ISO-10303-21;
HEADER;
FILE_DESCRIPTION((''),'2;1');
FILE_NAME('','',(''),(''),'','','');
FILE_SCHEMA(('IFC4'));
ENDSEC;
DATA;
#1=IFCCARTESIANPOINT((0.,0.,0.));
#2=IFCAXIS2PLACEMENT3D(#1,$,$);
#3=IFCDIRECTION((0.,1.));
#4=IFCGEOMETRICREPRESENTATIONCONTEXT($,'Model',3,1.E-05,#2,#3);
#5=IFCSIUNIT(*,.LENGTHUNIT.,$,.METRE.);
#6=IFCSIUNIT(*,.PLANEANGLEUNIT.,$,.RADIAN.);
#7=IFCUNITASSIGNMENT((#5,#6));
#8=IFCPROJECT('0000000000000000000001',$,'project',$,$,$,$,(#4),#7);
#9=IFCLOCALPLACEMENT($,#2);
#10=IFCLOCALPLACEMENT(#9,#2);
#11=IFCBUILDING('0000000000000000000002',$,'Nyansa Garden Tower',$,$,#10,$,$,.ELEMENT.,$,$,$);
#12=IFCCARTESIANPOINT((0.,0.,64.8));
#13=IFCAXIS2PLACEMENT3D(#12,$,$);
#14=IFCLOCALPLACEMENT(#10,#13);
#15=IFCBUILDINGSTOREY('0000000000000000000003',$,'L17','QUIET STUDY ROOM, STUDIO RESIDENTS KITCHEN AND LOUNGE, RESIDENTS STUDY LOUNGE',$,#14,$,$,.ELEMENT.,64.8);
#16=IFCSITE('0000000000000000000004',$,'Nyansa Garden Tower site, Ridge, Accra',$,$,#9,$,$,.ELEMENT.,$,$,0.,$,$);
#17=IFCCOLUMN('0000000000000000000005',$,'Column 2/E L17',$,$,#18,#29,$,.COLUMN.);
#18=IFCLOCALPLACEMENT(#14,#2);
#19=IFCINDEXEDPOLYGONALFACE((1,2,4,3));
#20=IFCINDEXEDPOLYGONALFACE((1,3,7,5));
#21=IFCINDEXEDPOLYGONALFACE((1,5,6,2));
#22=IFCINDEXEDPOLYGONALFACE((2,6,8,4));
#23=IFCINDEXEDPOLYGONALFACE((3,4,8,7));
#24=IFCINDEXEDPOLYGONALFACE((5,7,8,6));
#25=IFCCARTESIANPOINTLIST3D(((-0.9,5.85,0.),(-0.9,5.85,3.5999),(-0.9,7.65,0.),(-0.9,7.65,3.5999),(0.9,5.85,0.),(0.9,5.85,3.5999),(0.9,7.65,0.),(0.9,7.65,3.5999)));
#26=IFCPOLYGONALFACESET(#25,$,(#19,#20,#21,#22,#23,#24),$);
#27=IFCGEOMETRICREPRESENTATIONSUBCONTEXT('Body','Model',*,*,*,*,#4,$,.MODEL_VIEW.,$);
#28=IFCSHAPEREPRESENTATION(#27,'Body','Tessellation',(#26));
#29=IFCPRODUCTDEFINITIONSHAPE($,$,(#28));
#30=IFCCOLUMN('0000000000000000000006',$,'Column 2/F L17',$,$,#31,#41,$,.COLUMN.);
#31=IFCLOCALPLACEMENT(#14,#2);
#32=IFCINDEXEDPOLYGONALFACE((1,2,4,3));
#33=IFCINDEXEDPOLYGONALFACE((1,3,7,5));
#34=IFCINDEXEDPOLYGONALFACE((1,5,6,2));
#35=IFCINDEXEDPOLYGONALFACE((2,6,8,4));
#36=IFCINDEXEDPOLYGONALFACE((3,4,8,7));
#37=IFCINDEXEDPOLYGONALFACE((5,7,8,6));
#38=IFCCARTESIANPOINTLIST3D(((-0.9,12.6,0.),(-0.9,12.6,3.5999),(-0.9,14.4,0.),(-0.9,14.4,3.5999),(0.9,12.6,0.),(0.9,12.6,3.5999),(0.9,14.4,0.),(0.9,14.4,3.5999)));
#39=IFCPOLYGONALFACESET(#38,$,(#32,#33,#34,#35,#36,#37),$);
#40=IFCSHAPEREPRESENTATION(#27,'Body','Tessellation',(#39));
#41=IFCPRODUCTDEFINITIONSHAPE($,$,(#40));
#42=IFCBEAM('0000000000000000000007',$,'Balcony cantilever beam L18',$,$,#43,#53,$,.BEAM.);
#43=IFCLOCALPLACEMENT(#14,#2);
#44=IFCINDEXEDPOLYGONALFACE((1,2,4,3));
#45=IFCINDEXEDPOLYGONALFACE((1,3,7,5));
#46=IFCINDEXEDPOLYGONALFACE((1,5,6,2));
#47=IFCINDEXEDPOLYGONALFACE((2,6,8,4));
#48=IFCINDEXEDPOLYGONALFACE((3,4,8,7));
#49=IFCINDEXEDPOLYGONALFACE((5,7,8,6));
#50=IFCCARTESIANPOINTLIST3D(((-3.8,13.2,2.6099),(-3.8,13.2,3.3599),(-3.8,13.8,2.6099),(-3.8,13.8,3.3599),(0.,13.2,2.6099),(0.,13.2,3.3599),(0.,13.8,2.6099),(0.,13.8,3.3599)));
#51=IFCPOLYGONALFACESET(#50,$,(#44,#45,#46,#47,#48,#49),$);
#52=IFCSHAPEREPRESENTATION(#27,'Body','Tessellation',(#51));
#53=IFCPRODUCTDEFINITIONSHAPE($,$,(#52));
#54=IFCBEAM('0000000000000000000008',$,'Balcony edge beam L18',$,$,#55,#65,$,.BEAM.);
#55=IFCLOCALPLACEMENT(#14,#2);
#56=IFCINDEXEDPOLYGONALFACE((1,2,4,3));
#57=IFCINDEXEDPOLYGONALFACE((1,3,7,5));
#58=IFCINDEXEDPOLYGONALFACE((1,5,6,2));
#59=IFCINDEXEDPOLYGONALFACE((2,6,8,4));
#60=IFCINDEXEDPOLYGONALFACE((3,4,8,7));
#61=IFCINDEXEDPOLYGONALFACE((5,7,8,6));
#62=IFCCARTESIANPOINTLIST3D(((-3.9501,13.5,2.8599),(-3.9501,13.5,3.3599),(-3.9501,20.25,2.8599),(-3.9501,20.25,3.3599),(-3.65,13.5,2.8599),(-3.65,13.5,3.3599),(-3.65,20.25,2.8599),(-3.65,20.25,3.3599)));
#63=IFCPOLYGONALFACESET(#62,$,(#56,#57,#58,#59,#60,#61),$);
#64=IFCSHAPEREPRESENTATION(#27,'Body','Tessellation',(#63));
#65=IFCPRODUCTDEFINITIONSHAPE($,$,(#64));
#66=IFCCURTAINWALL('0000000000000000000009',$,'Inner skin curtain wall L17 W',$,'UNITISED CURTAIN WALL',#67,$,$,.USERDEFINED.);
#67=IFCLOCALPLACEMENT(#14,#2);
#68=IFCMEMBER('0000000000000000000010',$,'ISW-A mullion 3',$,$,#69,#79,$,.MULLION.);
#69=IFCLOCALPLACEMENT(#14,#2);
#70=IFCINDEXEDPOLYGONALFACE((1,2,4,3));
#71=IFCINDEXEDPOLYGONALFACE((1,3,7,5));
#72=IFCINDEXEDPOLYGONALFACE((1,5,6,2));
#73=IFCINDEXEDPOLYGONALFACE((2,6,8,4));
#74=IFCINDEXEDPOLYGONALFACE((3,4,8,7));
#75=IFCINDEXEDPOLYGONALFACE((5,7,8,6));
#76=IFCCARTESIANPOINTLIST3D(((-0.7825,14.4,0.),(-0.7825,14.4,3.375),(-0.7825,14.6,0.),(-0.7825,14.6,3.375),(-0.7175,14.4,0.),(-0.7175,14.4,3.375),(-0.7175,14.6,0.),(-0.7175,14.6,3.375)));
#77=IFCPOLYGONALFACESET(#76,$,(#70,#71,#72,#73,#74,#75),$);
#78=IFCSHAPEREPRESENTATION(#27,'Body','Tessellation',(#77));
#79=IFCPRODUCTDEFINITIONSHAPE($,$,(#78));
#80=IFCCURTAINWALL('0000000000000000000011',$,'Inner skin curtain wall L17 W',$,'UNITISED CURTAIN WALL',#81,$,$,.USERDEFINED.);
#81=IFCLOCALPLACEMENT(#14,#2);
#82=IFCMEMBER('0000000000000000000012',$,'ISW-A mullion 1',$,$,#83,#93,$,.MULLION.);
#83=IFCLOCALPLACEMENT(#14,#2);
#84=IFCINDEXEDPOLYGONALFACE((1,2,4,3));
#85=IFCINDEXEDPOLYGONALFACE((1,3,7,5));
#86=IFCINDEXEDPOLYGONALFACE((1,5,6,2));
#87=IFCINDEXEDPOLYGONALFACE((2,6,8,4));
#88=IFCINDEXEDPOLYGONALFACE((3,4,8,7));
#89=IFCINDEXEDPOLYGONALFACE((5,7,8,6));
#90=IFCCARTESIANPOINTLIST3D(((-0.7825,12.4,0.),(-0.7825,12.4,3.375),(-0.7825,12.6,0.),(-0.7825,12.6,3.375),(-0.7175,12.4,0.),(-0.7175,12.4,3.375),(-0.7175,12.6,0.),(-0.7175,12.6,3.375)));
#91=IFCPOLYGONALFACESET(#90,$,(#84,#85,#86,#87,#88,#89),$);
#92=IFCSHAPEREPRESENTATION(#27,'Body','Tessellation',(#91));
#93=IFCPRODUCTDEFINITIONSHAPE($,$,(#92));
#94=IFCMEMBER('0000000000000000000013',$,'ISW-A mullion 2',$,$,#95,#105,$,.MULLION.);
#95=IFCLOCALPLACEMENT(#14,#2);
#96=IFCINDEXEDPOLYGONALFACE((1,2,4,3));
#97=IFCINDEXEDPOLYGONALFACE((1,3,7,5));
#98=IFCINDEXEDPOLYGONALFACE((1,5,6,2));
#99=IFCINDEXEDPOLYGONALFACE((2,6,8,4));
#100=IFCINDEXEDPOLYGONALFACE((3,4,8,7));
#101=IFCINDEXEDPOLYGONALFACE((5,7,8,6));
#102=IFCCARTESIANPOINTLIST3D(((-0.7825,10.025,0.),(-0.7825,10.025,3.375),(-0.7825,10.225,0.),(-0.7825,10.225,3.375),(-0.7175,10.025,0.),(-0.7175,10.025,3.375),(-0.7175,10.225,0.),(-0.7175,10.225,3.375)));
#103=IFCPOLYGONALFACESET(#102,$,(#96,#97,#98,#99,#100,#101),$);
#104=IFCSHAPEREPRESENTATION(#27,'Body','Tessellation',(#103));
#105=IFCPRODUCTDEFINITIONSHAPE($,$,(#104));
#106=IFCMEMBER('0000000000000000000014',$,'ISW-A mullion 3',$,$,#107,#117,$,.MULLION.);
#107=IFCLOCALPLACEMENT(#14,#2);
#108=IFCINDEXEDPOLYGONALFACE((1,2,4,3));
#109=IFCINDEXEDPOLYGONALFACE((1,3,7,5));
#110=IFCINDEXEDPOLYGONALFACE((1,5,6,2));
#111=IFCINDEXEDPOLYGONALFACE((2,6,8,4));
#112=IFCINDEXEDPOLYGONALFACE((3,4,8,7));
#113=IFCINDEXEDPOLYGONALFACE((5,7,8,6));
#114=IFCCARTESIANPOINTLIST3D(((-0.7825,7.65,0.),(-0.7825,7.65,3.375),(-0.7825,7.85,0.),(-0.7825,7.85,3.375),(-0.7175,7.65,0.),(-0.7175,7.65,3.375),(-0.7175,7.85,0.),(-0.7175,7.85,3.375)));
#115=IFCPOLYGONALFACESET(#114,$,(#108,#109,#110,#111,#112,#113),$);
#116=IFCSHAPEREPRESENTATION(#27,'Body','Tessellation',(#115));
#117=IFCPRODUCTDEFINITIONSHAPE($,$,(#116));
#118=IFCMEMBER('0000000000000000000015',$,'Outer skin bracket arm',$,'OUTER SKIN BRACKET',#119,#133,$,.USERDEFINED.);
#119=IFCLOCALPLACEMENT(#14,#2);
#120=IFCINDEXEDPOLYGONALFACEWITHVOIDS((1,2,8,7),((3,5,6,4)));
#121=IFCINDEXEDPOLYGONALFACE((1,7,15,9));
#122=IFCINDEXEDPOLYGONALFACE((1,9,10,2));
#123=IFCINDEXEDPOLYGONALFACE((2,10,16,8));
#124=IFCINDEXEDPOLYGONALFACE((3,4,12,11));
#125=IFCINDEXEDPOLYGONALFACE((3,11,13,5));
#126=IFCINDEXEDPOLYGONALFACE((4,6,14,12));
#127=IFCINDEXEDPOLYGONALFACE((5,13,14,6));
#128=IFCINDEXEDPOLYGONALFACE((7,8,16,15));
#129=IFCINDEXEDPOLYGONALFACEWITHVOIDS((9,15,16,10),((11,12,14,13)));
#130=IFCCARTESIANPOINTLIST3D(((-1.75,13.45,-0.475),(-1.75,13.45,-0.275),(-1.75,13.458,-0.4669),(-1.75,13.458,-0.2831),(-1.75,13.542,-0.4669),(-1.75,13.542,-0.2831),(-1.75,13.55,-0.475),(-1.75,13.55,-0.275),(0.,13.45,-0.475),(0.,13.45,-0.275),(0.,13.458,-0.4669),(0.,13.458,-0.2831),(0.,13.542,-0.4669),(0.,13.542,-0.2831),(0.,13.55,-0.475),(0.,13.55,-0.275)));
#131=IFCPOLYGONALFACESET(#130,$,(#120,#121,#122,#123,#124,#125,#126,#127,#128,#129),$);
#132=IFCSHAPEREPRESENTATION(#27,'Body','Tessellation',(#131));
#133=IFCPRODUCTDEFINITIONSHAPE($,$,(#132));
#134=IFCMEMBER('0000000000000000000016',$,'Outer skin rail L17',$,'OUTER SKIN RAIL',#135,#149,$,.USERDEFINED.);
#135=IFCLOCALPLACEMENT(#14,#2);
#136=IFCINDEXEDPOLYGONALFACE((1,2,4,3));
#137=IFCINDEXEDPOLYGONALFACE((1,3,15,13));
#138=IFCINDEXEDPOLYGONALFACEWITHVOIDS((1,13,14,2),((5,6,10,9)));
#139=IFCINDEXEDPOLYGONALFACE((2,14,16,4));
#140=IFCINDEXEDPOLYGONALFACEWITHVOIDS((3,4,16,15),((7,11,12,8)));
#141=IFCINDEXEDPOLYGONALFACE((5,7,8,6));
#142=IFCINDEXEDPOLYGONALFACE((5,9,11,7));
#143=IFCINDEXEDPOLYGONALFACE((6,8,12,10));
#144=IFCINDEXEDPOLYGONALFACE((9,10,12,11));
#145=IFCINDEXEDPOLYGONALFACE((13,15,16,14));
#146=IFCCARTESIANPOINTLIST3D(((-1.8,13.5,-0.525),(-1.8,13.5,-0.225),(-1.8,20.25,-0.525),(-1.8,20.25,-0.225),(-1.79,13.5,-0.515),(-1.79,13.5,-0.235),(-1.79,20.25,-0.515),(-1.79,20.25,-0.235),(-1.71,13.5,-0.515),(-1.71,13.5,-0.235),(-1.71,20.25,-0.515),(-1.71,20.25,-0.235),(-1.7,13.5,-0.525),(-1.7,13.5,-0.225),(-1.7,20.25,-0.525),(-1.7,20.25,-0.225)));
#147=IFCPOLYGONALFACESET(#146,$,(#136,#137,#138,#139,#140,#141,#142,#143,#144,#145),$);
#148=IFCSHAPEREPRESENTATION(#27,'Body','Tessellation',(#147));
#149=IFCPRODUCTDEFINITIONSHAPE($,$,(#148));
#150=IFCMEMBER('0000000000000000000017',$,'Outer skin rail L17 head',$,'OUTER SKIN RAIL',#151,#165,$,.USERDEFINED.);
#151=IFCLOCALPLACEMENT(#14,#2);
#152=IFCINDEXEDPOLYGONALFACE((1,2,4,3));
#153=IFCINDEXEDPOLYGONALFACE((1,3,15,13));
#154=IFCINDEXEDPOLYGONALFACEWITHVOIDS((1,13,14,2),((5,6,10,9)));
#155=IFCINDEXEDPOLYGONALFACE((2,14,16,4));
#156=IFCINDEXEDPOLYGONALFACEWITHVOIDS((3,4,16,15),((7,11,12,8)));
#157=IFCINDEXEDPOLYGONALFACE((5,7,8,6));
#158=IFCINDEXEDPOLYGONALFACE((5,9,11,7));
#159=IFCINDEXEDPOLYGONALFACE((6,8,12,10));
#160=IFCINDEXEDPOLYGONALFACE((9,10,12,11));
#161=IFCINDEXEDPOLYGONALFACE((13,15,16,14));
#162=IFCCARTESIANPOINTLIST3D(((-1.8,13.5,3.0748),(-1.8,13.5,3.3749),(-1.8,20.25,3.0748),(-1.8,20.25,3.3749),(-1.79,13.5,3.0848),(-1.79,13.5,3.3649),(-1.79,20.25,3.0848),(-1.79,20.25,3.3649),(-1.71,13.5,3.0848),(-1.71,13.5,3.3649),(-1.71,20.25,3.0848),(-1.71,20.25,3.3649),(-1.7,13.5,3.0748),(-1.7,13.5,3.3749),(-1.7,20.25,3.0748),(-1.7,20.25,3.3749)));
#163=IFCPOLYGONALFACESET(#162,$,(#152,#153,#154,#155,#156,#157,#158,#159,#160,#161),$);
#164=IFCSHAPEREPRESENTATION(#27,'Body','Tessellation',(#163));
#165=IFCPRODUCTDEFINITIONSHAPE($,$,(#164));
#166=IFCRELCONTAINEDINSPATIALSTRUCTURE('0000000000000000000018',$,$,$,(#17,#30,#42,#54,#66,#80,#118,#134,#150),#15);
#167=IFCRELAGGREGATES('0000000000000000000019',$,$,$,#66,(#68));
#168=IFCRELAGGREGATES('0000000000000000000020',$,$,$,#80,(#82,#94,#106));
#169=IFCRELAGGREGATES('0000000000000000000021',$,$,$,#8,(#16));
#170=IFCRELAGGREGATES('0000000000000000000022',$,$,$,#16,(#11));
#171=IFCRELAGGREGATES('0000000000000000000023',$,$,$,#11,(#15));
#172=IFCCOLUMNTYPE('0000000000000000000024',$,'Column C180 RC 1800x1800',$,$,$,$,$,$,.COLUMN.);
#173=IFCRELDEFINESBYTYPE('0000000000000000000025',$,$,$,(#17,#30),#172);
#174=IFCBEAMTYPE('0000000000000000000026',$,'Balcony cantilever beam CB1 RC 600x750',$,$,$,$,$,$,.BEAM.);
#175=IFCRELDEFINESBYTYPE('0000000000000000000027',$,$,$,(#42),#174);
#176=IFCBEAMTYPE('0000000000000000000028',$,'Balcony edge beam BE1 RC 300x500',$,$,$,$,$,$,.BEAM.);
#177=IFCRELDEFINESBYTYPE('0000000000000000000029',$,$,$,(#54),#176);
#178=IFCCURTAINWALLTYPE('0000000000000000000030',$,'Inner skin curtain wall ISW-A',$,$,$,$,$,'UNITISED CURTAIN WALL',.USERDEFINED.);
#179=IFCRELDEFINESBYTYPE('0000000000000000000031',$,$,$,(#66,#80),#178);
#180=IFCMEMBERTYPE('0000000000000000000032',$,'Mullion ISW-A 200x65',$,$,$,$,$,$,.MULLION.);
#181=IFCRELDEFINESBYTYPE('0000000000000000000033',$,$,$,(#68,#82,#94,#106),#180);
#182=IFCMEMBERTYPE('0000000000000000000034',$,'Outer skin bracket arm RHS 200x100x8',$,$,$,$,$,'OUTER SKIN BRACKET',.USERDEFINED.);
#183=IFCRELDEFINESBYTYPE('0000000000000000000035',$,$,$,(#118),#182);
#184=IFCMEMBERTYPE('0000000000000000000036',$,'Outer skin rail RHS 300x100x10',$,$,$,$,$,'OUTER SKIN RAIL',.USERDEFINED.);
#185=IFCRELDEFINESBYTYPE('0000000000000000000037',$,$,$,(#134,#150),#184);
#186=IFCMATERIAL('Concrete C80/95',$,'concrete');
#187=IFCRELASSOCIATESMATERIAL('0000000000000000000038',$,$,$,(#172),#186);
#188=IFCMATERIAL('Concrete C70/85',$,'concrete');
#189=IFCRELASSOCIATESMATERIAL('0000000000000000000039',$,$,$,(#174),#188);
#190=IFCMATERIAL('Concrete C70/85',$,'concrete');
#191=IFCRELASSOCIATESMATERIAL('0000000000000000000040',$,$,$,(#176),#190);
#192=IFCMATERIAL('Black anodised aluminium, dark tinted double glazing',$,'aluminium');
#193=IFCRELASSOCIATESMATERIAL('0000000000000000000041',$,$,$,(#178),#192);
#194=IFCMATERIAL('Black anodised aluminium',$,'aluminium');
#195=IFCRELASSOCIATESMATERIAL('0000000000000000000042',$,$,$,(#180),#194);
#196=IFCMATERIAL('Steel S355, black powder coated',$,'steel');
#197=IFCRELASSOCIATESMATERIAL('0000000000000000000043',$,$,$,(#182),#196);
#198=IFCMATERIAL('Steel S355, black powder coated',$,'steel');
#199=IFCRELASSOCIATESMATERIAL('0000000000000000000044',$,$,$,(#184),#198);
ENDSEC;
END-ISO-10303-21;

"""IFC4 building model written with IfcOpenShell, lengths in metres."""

from ifc_helpers import new_model, si_unit, direction, frame, origin, origin_2d, place, context, subcontext, project, spatial, rectangle, hollow_rectangle, extrude, material, material_profile, profile_set, type_object, element, aggregate, save


model = new_model("IFC4")

# Units and contexts
model_context = context("Model", 3, precision=1e-05, world=origin(), true_north=direction((0.0, 1.0)))
body_context = subcontext(model_context, "Body", "Model", "MODEL_VIEW")
ifc_project = project(units=[si_unit("LENGTHUNIT", "METRE"), si_unit("PLANEANGLEUNIT", "RADIAN")], contexts=[model_context])

# Site, building, storey
site_placement = place(None, origin())
site = spatial("IfcSite", under=ifc_project, at=site_placement, Name="Nyansa Garden Tower site, Ridge, Accra", CompositionType="ELEMENT", RefElevation=0.0)
building_placement = place(site_placement, origin())
building = spatial("IfcBuilding", under=site, at=building_placement, Name="Nyansa Garden Tower", CompositionType="ELEMENT")
storey_placement = place(building_placement, frame((0.0, 0.0, 64.8)))
storey = spatial("IfcBuildingStorey", under=building, at=storey_placement, Name="L17", Description="QUIET STUDY ROOM, STUDIO RESIDENTS KITCHEN AND LOUNGE, RESIDENTS STUDY LOUNGE", CompositionType="ELEMENT", Elevation=64.8)

# Columns
ifc_material_1 = material(Name="Concrete C80/95", Category="concrete")
ifc_material_profile_1 = material_profile(ifc_material_1, rectangle(XDim=1.8, YDim=1.8, at=origin_2d()), Name="RC 1800x1800")
ifc_profile_set_1 = profile_set([ifc_material_profile_1], Name="Concrete C80/95")
column_type = type_object("IfcColumnType", Name="Column C180 RC 1800x1800", PredefinedType="COLUMN", material=ifc_profile_set_1)
for number, where, z_axis, x_axis, name in (
    (1, (0.0, 6.75, 0.0), (0.0, 0.0, 1.0), (1.0, 0.0, 0.0), "Column 2/E L17"),
    (2, (0.0, 13.5, 0.0), (0.0, 0.0, 1.0), (1.0, 0.0, 0.0), "Column 2/F L17"),
):
    element("IfcColumn", number, at=place(storey_placement, frame(where, z_axis=z_axis, x_axis=x_axis)), inside=storey, type_object=column_type, Name=name, PredefinedType="COLUMN", context=body_context, shape_type="SweptSolid", body=[
        extrude(rectangle(XDim=1.8, YDim=1.8, at=origin_2d()), origin(), (0.0, 0.0, 1.0), 3.5999),
    ])

# Beams
ifc_material_2 = material(Name="Concrete C70/85", Category="concrete")
ifc_material_profile_2 = material_profile(ifc_material_2, rectangle(XDim=0.6001, YDim=0.75, at=origin_2d()), Name="RC 600x750")
ifc_profile_set_2 = profile_set([ifc_material_profile_2], Name="Concrete C70/85")
beam_type_1 = type_object("IfcBeamType", Name="Balcony cantilever beam CB1 RC 600x750", PredefinedType="BEAM", material=ifc_profile_set_2)
beam_1_placement = place(storey_placement, frame((0.0, 13.5, 2.9849), z_axis=(-1.0, 0.0, 0.0), x_axis=(0.0, -1.0, 0.0)))
element("IfcBeam", 3, at=beam_1_placement, inside=storey, type_object=beam_type_1, Name="Balcony cantilever beam L18", PredefinedType="BEAM", context=body_context, shape_type="SweptSolid", body=[
    extrude(rectangle(XDim=0.6001, YDim=0.75, at=origin_2d()), origin(), (0.0, 0.0, 1.0), 3.8),
])
ifc_material_3 = material(Name="Concrete C70/85", Category="concrete")
ifc_material_profile_3 = material_profile(ifc_material_3, rectangle(XDim=0.3, YDim=0.5, at=origin_2d()), Name="RC 300x500")
ifc_profile_set_3 = profile_set([ifc_material_profile_3], Name="Concrete C70/85")
beam_type_2 = type_object("IfcBeamType", Name="Balcony edge beam BE1 RC 300x500", PredefinedType="BEAM", material=ifc_profile_set_3)
beam_2_placement = place(storey_placement, frame((-3.8, 13.5, 3.1099), z_axis=(0.0, 1.0, 0.0), x_axis=(-1.0, 0.0, 0.0)))
element("IfcBeam", 4, at=beam_2_placement, inside=storey, type_object=beam_type_2, Name="Balcony edge beam L18", PredefinedType="BEAM", context=body_context, shape_type="SweptSolid", body=[
    extrude(rectangle(XDim=0.3, YDim=0.5, at=origin_2d()), origin(), (0.0, 0.0, 1.0), 6.75),
])

# Curtain wall, member
ifc_material_4 = material(Name="Black anodised aluminium, dark tinted double glazing", Category="aluminium")
curtain_wall_type = type_object("IfcCurtainWallType", Name="Inner skin curtain wall ISW-A", ElementType="UNITISED CURTAIN WALL", PredefinedType="USERDEFINED", material=ifc_material_4)
curtain_wall_1_placement = place(storey_placement, origin())
curtain_wall_1 = element("IfcCurtainWall", 5, at=curtain_wall_1_placement, inside=storey, type_object=curtain_wall_type, Name="Inner skin curtain wall L17 W", ObjectType="UNITISED CURTAIN WALL", PredefinedType="USERDEFINED")
ifc_material_5 = material(Name="Black anodised aluminium", Category="aluminium")
ifc_material_profile_4 = material_profile(ifc_material_5, rectangle(XDim=0.0649, YDim=0.2, at=origin_2d()), Name="Mullion 200x65")
ifc_profile_set_4 = profile_set([ifc_material_profile_4], Name="Black anodised aluminium")
member_type_1 = type_object("IfcMemberType", Name="Mullion ISW-A 200x65", PredefinedType="MULLION", material=ifc_profile_set_4)
member_1_placement = place(storey_placement, frame((-0.75, 14.5, 0.0), z_axis=(0.0, 0.0, 1.0), x_axis=(1.0, 0.0, 0.0)))
member_1 = element("IfcMember", 6, at=member_1_placement, type_object=member_type_1, Name="ISW-A mullion 3", PredefinedType="MULLION", context=body_context, shape_type="SweptSolid", body=[
    extrude(rectangle(XDim=0.0649, YDim=0.2, at=origin_2d()), origin(), (0.0, 0.0, 1.0), 3.375),
])

# Curtain wall, members
curtain_wall_2_placement = place(storey_placement, origin())
curtain_wall_2 = element("IfcCurtainWall", 7, at=curtain_wall_2_placement, inside=storey, type_object=curtain_wall_type, Name="Inner skin curtain wall L17 W", ObjectType="UNITISED CURTAIN WALL", PredefinedType="USERDEFINED")
member_2_placement = place(storey_placement, frame((-0.75, 12.5, 0.0), z_axis=(0.0, 0.0, 1.0), x_axis=(1.0, 0.0, 0.0)))
member_2 = element("IfcMember", 8, at=member_2_placement, type_object=member_type_1, Name="ISW-A mullion 1", PredefinedType="MULLION", context=body_context, shape_type="SweptSolid", body=[
    extrude(rectangle(XDim=0.0649, YDim=0.2, at=origin_2d()), origin(), (0.0, 0.0, 1.0), 3.375),
])
member_3_placement = place(storey_placement, frame((-0.75, 10.125, 0.0), z_axis=(0.0, 0.0, 1.0), x_axis=(1.0, 0.0, 0.0)))
member_3 = element("IfcMember", 9, at=member_3_placement, type_object=member_type_1, Name="ISW-A mullion 2", PredefinedType="MULLION", context=body_context, shape_type="SweptSolid", body=[
    extrude(rectangle(XDim=0.0649, YDim=0.2, at=origin_2d()), origin(), (0.0, 0.0, 1.0), 3.375),
])
member_4_placement = place(storey_placement, frame((-0.75, 7.75, 0.0), z_axis=(0.0, 0.0, 1.0), x_axis=(1.0, 0.0, 0.0)))
member_4 = element("IfcMember", 10, at=member_4_placement, type_object=member_type_1, Name="ISW-A mullion 3", PredefinedType="MULLION", context=body_context, shape_type="SweptSolid", body=[
    extrude(rectangle(XDim=0.0649, YDim=0.2, at=origin_2d()), origin(), (0.0, 0.0, 1.0), 3.375),
])

# Members
ifc_material_6 = material(Name="Steel S355, black powder coated", Category="steel")
ifc_material_profile_5 = material_profile(ifc_material_6, hollow_rectangle(XDim=0.1001, YDim=0.2, WallThickness=0.0081, at=origin_2d()), Name="RHS 200x100x8")
ifc_profile_set_5 = profile_set([ifc_material_profile_5], Name="Steel S355, black powder coated")
member_type_2 = type_object("IfcMemberType", Name="Outer skin bracket arm RHS 200x100x8", ElementType="OUTER SKIN BRACKET", PredefinedType="USERDEFINED", material=ifc_profile_set_5)
member_5_placement = place(storey_placement, frame((0.0, 13.5, -0.375), z_axis=(-1.0, 0.0, 0.0), x_axis=(0.0, -1.0, 0.0)))
element("IfcMember", 11, at=member_5_placement, inside=storey, type_object=member_type_2, Name="Outer skin bracket arm", ObjectType="OUTER SKIN BRACKET", PredefinedType="USERDEFINED", context=body_context, shape_type="SweptSolid", body=[
    extrude(hollow_rectangle(XDim=0.1001, YDim=0.2, WallThickness=0.0081, at=origin_2d()), origin(), (0.0, 0.0, 1.0), 1.75),
])
ifc_material_7 = material(Name="Steel S355, black powder coated", Category="steel")
ifc_material_profile_6 = material_profile(ifc_material_7, hollow_rectangle(XDim=0.1001, YDim=0.3, WallThickness=0.01, at=origin_2d()), Name="RHS 300x100x10")
ifc_profile_set_6 = profile_set([ifc_material_profile_6], Name="Steel S355, black powder coated")
member_type_3 = type_object("IfcMemberType", Name="Outer skin rail RHS 300x100x10", ElementType="OUTER SKIN RAIL", PredefinedType="USERDEFINED", material=ifc_profile_set_6)
for number, where, z_axis, x_axis, name in (
    (12, (-1.75, 13.5, -0.375), (0.0, 1.0, 0.0), (-1.0, 0.0, 0.0), "Outer skin rail L17"),
    (13, (-1.75, 13.5, 3.2249), (0.0, 1.0, 0.0), (-1.0, 0.0, 0.0), "Outer skin rail L17 head"),
):
    element("IfcMember", number, at=place(storey_placement, frame(where, z_axis=z_axis, x_axis=x_axis)), inside=storey, type_object=member_type_3, Name=name, ObjectType="OUTER SKIN RAIL", PredefinedType="USERDEFINED", context=body_context, shape_type="SweptSolid", body=[
        extrude(hollow_rectangle(XDim=0.1001, YDim=0.3, WallThickness=0.01, at=origin_2d()), origin(), (0.0, 0.0, 1.0), 6.75),
    ])

aggregate(curtain_wall_1, [member_1])
aggregate(curtain_wall_2, [member_2, member_3, member_4])

save(model, "model.ifc")
